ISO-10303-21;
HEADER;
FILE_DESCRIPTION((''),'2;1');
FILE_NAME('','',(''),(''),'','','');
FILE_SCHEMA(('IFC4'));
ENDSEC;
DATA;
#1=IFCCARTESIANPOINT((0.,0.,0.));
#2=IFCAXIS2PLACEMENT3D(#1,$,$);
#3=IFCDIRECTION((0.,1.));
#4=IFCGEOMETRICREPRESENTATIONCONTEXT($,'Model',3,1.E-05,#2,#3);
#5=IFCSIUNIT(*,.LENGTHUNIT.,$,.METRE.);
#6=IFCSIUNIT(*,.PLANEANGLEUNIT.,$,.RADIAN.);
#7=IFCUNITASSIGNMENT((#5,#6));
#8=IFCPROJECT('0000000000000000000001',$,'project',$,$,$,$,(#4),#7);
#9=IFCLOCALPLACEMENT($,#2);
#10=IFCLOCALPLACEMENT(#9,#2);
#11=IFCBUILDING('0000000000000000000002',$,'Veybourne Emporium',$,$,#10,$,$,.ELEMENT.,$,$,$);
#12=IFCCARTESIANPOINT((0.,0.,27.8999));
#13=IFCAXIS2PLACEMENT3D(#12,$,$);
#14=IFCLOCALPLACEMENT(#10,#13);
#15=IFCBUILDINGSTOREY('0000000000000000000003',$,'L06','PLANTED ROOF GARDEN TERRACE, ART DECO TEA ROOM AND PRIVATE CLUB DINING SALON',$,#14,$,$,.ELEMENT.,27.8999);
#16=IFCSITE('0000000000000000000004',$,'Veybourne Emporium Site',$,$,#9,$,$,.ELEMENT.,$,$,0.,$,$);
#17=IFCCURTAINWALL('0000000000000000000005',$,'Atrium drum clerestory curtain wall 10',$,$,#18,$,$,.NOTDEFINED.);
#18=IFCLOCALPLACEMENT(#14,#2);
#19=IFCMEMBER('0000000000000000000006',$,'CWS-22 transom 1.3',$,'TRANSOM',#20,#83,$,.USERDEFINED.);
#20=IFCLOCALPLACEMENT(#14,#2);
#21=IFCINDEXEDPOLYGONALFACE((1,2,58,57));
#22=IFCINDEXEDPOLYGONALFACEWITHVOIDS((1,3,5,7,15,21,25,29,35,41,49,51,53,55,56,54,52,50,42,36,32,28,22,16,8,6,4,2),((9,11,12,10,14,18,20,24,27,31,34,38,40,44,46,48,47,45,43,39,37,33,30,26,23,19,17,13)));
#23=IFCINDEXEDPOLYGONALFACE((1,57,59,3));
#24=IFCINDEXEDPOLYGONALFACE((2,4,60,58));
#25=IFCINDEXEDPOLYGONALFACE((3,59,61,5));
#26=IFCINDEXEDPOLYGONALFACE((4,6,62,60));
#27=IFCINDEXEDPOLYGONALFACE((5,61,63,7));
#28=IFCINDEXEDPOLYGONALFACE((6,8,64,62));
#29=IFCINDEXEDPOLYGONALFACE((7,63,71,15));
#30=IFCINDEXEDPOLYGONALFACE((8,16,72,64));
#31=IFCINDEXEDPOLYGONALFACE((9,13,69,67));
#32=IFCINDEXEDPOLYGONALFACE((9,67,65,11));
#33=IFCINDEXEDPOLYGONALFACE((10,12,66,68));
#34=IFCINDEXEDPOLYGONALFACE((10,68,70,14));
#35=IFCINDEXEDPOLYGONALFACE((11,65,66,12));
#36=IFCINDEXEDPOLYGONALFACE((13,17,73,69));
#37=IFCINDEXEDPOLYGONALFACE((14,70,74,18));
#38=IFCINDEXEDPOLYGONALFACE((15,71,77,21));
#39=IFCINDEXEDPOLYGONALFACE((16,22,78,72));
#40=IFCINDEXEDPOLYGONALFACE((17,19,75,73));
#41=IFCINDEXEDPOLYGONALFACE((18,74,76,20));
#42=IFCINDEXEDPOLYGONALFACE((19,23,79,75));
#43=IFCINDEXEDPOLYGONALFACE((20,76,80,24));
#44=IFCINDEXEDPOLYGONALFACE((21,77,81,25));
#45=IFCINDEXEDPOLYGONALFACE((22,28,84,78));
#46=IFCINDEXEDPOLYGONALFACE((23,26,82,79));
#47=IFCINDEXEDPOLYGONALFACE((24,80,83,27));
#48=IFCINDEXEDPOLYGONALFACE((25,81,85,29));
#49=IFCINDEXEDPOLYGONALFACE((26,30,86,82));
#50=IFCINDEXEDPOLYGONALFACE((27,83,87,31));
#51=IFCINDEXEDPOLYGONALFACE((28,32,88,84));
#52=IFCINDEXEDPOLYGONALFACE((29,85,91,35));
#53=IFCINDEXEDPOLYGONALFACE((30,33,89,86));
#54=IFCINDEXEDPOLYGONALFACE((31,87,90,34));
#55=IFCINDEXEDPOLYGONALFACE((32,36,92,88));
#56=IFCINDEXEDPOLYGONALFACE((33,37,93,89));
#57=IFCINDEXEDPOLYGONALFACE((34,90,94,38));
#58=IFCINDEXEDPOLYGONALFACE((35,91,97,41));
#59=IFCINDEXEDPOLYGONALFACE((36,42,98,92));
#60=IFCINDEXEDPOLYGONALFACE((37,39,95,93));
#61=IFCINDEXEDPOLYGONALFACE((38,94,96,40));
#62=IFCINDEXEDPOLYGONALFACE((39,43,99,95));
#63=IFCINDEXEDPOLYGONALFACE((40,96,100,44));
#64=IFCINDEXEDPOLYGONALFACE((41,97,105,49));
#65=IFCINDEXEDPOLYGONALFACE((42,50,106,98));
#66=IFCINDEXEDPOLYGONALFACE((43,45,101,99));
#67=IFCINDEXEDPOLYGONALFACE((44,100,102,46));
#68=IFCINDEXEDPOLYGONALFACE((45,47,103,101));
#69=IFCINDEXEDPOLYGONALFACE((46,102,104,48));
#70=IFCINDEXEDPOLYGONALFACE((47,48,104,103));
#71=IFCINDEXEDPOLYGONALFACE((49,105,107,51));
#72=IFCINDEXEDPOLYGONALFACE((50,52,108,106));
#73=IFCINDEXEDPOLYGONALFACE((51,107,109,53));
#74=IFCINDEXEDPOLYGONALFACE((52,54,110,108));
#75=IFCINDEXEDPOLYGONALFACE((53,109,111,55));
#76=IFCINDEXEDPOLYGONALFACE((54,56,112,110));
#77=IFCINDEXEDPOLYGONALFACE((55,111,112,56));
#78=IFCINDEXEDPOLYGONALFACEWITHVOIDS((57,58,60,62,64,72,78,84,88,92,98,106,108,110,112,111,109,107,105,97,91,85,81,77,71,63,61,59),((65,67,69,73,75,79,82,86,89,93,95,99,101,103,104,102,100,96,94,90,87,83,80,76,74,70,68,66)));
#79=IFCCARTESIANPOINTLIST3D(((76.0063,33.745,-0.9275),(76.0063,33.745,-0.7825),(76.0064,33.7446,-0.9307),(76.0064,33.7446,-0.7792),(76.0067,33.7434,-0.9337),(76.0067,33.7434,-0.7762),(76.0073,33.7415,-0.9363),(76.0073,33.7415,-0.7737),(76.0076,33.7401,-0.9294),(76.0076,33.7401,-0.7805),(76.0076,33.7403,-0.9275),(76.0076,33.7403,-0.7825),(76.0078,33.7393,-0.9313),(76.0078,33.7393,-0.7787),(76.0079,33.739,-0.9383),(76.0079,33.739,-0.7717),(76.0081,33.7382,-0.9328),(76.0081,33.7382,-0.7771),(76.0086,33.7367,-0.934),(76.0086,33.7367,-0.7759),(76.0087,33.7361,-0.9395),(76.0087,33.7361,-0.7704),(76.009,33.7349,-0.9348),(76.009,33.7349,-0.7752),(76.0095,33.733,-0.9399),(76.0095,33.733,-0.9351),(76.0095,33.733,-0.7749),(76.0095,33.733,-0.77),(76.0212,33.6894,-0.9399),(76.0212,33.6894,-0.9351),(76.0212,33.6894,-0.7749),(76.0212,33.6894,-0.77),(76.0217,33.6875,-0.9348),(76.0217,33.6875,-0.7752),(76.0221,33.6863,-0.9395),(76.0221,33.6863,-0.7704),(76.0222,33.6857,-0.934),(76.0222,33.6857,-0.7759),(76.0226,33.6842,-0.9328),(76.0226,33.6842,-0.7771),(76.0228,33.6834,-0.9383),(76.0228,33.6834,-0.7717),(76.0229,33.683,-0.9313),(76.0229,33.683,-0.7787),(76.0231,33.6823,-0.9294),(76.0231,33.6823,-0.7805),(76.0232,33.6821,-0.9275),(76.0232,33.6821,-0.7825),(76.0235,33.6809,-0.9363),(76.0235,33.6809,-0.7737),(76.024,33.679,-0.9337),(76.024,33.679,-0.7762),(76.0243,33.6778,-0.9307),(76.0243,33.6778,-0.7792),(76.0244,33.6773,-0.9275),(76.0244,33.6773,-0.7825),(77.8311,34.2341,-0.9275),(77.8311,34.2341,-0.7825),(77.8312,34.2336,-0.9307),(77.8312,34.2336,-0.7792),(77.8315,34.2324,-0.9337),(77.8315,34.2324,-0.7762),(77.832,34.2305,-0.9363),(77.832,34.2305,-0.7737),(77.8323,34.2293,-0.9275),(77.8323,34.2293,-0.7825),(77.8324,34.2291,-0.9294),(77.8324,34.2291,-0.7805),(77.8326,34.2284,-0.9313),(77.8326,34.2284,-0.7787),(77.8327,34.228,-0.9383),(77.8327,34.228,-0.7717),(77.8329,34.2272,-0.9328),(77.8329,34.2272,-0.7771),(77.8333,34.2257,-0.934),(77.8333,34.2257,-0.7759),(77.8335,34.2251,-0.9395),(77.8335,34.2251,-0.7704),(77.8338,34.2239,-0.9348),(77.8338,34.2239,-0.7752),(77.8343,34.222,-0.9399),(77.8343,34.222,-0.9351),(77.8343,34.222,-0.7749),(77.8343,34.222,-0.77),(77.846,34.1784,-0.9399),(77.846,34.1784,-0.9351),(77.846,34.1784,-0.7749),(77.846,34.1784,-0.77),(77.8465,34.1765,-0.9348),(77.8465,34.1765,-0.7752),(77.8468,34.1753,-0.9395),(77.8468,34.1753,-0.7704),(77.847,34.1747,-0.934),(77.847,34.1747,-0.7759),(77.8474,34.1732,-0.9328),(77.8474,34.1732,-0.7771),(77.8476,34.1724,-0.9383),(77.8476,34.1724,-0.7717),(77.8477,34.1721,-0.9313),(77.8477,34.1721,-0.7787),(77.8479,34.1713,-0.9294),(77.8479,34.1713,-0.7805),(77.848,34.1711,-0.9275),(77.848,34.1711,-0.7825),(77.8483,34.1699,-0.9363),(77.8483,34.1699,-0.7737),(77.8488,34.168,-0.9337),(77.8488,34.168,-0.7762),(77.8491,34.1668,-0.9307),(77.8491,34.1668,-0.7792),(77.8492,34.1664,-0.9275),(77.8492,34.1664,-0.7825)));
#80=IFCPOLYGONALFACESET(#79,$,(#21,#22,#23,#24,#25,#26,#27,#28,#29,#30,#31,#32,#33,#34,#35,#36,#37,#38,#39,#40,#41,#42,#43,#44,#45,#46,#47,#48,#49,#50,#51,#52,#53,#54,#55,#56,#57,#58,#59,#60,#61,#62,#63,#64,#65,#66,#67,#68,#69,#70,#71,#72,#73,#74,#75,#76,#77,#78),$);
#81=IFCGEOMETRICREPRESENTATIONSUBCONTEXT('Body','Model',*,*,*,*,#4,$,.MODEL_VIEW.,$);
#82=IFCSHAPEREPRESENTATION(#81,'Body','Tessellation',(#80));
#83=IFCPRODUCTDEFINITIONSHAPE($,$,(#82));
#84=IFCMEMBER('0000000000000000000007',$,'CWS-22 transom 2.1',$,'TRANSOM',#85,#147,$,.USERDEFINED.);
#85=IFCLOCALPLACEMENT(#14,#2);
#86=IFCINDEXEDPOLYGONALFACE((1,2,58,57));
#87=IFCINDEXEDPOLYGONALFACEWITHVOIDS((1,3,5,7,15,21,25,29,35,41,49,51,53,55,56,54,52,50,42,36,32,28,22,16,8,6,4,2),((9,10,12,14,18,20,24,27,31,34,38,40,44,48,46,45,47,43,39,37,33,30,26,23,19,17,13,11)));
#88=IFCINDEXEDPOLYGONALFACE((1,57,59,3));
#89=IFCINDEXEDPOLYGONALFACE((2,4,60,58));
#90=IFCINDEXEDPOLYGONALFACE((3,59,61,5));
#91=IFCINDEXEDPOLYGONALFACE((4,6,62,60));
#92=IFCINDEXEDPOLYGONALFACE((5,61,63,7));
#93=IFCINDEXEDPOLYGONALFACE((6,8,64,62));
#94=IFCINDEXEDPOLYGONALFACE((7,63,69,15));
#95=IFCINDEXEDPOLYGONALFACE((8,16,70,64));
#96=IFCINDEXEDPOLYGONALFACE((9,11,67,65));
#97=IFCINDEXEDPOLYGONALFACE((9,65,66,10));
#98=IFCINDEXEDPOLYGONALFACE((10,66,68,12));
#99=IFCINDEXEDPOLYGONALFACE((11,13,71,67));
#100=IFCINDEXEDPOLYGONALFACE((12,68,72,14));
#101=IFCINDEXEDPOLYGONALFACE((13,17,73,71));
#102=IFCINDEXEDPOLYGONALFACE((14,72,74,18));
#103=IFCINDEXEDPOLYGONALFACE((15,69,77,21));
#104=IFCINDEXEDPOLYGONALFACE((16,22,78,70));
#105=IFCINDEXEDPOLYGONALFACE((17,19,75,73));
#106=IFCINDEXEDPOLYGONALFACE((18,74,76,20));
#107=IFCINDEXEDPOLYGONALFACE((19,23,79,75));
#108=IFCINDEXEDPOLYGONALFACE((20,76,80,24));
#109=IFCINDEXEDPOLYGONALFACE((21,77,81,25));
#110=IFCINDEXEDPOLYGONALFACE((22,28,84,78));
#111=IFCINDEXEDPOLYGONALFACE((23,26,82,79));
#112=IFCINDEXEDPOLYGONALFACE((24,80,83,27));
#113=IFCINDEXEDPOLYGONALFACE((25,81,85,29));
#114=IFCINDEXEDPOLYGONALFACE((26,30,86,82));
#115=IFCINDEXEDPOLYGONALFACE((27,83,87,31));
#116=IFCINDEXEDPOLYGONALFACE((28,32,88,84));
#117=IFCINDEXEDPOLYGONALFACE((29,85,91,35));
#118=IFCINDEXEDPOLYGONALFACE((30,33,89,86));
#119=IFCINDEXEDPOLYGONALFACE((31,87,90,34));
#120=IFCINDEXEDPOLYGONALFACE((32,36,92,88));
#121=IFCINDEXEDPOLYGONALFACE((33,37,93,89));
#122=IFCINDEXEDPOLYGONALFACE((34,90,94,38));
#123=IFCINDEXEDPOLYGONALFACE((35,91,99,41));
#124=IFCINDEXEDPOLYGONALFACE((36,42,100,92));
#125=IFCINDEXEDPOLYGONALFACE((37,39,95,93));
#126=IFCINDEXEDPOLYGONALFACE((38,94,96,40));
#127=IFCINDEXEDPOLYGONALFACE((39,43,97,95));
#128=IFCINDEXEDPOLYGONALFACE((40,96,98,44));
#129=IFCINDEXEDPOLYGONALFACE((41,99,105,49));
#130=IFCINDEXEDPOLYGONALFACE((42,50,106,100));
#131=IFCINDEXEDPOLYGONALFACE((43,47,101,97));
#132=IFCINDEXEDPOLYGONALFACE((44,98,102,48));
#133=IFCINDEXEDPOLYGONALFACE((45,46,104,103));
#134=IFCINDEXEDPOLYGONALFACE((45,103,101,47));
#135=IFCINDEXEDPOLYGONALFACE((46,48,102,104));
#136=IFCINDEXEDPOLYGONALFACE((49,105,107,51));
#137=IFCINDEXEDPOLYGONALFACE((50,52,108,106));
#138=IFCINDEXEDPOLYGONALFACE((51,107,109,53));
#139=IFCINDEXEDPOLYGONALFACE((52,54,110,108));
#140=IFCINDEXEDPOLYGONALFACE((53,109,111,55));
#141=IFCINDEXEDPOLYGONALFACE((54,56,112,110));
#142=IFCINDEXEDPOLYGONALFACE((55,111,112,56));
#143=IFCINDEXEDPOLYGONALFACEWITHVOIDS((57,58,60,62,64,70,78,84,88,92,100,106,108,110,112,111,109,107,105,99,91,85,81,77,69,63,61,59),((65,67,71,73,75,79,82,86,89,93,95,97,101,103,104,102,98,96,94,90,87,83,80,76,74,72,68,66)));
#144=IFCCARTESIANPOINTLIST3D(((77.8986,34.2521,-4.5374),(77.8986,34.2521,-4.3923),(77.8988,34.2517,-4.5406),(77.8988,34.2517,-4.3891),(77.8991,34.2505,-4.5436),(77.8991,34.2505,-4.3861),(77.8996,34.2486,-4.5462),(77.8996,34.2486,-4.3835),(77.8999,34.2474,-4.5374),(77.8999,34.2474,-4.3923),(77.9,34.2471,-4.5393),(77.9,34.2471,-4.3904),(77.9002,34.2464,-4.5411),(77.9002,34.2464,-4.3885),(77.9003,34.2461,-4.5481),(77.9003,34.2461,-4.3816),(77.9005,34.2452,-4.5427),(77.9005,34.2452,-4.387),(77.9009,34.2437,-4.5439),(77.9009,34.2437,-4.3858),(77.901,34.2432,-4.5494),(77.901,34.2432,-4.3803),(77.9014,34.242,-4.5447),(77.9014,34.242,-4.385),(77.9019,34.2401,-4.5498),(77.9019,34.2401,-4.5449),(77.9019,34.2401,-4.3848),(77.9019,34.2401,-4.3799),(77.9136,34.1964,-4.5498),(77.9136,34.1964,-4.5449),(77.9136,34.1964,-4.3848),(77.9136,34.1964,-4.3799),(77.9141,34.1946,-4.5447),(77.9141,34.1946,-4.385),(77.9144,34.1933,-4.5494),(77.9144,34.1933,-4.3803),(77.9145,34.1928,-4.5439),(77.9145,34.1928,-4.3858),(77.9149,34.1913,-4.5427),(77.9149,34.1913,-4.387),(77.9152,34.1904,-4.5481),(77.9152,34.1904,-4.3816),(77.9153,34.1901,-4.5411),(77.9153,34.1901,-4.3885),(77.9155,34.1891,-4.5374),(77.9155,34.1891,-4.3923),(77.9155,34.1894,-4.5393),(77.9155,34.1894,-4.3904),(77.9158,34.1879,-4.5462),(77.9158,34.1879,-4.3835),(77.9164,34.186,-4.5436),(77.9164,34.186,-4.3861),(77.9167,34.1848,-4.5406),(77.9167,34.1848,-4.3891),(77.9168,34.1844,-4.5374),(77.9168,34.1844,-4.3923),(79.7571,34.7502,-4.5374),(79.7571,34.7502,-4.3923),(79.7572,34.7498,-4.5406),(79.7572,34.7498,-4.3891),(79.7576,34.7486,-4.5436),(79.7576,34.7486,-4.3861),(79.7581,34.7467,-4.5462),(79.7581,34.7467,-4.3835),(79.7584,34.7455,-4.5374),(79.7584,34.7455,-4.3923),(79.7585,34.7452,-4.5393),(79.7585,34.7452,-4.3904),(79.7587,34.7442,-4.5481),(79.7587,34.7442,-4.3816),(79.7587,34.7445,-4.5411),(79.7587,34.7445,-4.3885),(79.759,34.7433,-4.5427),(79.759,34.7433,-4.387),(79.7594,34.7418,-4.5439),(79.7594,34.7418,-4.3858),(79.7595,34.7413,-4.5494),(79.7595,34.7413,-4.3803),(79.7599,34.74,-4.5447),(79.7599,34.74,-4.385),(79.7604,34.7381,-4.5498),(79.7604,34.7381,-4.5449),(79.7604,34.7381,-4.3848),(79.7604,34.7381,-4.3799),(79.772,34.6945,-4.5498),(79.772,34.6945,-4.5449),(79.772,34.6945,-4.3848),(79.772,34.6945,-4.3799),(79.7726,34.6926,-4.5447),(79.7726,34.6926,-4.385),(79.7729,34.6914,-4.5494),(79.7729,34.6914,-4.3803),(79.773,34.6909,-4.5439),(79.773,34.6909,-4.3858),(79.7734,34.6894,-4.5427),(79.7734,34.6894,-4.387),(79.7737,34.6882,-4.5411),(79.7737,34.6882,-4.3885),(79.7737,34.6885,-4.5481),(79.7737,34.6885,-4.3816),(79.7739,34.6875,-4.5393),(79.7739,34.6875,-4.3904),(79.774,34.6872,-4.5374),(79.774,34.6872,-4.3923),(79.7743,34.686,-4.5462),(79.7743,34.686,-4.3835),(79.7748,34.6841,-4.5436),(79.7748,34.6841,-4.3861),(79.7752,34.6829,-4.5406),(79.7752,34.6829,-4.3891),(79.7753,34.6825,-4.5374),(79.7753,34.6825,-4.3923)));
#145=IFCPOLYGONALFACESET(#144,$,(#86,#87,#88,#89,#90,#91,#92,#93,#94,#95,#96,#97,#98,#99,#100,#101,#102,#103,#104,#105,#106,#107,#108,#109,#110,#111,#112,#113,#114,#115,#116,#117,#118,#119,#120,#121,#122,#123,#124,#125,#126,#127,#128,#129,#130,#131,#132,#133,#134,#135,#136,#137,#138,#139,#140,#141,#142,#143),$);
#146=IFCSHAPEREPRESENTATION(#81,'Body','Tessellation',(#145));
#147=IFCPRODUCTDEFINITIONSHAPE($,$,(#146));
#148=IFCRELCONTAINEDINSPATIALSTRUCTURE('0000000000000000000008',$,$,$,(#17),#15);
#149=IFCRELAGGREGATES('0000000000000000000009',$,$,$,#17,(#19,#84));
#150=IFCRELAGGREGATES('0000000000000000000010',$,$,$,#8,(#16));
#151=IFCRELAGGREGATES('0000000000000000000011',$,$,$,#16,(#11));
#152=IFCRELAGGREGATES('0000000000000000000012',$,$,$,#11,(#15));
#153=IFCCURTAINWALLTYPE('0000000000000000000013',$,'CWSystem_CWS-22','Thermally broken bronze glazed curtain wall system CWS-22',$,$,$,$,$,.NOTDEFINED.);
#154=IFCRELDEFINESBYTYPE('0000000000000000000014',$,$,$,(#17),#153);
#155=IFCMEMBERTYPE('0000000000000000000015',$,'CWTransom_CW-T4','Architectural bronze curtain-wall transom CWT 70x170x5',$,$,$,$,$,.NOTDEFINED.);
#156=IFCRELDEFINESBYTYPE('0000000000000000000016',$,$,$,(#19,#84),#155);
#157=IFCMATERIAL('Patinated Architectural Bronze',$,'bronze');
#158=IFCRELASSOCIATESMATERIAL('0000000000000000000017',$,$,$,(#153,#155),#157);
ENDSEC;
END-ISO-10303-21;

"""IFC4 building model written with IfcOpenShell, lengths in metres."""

from ifc_helpers import new_model, si_unit, direction, frame, origin, origin_2d, place, context, subcontext, project, spatial, hollow_rectangle, extrude, material, material_profile, profile_set, type_object, element, aggregate, save


model = new_model("IFC4")

# Units and contexts
model_context = context("Model", 3, precision=1e-05, world=origin(), true_north=direction((0.0, 1.0)))
body_context = subcontext(model_context, "Body", "Model", "MODEL_VIEW")
ifc_project = project(units=[si_unit("LENGTHUNIT", "METRE"), si_unit("PLANEANGLEUNIT", "RADIAN")], contexts=[model_context])

# Site, building, storey
site_placement = place(None, origin())
site = spatial("IfcSite", under=ifc_project, at=site_placement, Name="Veybourne Emporium Site", CompositionType="ELEMENT", RefElevation=0.0)
building_placement = place(site_placement, origin())
building = spatial("IfcBuilding", under=site, at=building_placement, Name="Veybourne Emporium", CompositionType="ELEMENT")
storey_placement = place(building_placement, frame((0.0, 0.0, 27.8999)))
storey = spatial("IfcBuildingStorey", under=building, at=storey_placement, Name="L06", Description="PLANTED ROOF GARDEN TERRACE, ART DECO TEA ROOM AND PRIVATE CLUB DINING SALON", CompositionType="ELEMENT", Elevation=27.8999)

# Shared definitions
ifc_material_1 = material(Name="Patinated Architectural Bronze", Category="bronze")

# Curtain wall
curtain_wall_type_1 = type_object("IfcCurtainWallType", Name="CWSystem_CWS-22", Description="Thermally broken bronze glazed curtain wall system CWS-22", PredefinedType="NOTDEFINED", material=ifc_material_1)
curtain_wall_1_placement = place(storey_placement, origin())
curtain_wall_1 = element("IfcCurtainWall", 1, at=curtain_wall_1_placement, inside=storey, type_object=curtain_wall_type_1, Name="Atrium drum clerestory curtain wall 10", PredefinedType="NOTDEFINED")

# Members
ifc_material_profile_1 = material_profile(ifc_material_1, hollow_rectangle(XDim=0.0701, YDim=0.1699, WallThickness=0.0049, InnerFilletRadius=0.0076, OuterFilletRadius=0.0125, at=origin_2d()), Name="CWT 70x170x5")
ifc_profile_set_1 = profile_set([ifc_material_profile_1], Name="Patinated Architectural Bronze")
member_type_1 = type_object("IfcMemberType", Name="CWTransom_CW-T4", Description="Architectural bronze curtain-wall transom CWT 70x170x5", PredefinedType="NOTDEFINED", material=ifc_profile_set_1)
member_1_placement = place(storey_placement, frame((76.0154, 33.7112, -0.855), z_axis=(0.965915, 0.258861, 0.0), x_axis=(-0.258861, 0.965915, 0.0)))
member_1 = element("IfcMember", 2, at=member_1_placement, type_object=member_type_1, Name="CWS-22 transom 1.3", ObjectType="TRANSOM", PredefinedType="USERDEFINED", context=body_context, shape_type="SweptSolid", body=[
    extrude(hollow_rectangle(XDim=0.0701, YDim=0.1699, WallThickness=0.0049, InnerFilletRadius=0.0076, OuterFilletRadius=0.0125, at=origin_2d()), origin(), (0.0, 0.0, 1.0), 1.8892),
])
member_2_placement = place(storey_placement, frame((77.9077, 34.2183, -4.4648), z_axis=(0.965914, 0.258863, 0.0), x_axis=(-0.258863, 0.965914, 0.0)))
member_2 = element("IfcMember", 3, at=member_2_placement, type_object=member_type_1, Name="CWS-22 transom 2.1", ObjectType="TRANSOM", PredefinedType="USERDEFINED", context=body_context, shape_type="SweptSolid", body=[
    extrude(hollow_rectangle(XDim=0.0701, YDim=0.1699, WallThickness=0.0049, InnerFilletRadius=0.0076, OuterFilletRadius=0.0125, at=origin_2d()), origin(), (0.0, 0.0, 1.0), 1.9241),
])

aggregate(curtain_wall_1, [member_1, member_2])

save(model, "model.ifc")
